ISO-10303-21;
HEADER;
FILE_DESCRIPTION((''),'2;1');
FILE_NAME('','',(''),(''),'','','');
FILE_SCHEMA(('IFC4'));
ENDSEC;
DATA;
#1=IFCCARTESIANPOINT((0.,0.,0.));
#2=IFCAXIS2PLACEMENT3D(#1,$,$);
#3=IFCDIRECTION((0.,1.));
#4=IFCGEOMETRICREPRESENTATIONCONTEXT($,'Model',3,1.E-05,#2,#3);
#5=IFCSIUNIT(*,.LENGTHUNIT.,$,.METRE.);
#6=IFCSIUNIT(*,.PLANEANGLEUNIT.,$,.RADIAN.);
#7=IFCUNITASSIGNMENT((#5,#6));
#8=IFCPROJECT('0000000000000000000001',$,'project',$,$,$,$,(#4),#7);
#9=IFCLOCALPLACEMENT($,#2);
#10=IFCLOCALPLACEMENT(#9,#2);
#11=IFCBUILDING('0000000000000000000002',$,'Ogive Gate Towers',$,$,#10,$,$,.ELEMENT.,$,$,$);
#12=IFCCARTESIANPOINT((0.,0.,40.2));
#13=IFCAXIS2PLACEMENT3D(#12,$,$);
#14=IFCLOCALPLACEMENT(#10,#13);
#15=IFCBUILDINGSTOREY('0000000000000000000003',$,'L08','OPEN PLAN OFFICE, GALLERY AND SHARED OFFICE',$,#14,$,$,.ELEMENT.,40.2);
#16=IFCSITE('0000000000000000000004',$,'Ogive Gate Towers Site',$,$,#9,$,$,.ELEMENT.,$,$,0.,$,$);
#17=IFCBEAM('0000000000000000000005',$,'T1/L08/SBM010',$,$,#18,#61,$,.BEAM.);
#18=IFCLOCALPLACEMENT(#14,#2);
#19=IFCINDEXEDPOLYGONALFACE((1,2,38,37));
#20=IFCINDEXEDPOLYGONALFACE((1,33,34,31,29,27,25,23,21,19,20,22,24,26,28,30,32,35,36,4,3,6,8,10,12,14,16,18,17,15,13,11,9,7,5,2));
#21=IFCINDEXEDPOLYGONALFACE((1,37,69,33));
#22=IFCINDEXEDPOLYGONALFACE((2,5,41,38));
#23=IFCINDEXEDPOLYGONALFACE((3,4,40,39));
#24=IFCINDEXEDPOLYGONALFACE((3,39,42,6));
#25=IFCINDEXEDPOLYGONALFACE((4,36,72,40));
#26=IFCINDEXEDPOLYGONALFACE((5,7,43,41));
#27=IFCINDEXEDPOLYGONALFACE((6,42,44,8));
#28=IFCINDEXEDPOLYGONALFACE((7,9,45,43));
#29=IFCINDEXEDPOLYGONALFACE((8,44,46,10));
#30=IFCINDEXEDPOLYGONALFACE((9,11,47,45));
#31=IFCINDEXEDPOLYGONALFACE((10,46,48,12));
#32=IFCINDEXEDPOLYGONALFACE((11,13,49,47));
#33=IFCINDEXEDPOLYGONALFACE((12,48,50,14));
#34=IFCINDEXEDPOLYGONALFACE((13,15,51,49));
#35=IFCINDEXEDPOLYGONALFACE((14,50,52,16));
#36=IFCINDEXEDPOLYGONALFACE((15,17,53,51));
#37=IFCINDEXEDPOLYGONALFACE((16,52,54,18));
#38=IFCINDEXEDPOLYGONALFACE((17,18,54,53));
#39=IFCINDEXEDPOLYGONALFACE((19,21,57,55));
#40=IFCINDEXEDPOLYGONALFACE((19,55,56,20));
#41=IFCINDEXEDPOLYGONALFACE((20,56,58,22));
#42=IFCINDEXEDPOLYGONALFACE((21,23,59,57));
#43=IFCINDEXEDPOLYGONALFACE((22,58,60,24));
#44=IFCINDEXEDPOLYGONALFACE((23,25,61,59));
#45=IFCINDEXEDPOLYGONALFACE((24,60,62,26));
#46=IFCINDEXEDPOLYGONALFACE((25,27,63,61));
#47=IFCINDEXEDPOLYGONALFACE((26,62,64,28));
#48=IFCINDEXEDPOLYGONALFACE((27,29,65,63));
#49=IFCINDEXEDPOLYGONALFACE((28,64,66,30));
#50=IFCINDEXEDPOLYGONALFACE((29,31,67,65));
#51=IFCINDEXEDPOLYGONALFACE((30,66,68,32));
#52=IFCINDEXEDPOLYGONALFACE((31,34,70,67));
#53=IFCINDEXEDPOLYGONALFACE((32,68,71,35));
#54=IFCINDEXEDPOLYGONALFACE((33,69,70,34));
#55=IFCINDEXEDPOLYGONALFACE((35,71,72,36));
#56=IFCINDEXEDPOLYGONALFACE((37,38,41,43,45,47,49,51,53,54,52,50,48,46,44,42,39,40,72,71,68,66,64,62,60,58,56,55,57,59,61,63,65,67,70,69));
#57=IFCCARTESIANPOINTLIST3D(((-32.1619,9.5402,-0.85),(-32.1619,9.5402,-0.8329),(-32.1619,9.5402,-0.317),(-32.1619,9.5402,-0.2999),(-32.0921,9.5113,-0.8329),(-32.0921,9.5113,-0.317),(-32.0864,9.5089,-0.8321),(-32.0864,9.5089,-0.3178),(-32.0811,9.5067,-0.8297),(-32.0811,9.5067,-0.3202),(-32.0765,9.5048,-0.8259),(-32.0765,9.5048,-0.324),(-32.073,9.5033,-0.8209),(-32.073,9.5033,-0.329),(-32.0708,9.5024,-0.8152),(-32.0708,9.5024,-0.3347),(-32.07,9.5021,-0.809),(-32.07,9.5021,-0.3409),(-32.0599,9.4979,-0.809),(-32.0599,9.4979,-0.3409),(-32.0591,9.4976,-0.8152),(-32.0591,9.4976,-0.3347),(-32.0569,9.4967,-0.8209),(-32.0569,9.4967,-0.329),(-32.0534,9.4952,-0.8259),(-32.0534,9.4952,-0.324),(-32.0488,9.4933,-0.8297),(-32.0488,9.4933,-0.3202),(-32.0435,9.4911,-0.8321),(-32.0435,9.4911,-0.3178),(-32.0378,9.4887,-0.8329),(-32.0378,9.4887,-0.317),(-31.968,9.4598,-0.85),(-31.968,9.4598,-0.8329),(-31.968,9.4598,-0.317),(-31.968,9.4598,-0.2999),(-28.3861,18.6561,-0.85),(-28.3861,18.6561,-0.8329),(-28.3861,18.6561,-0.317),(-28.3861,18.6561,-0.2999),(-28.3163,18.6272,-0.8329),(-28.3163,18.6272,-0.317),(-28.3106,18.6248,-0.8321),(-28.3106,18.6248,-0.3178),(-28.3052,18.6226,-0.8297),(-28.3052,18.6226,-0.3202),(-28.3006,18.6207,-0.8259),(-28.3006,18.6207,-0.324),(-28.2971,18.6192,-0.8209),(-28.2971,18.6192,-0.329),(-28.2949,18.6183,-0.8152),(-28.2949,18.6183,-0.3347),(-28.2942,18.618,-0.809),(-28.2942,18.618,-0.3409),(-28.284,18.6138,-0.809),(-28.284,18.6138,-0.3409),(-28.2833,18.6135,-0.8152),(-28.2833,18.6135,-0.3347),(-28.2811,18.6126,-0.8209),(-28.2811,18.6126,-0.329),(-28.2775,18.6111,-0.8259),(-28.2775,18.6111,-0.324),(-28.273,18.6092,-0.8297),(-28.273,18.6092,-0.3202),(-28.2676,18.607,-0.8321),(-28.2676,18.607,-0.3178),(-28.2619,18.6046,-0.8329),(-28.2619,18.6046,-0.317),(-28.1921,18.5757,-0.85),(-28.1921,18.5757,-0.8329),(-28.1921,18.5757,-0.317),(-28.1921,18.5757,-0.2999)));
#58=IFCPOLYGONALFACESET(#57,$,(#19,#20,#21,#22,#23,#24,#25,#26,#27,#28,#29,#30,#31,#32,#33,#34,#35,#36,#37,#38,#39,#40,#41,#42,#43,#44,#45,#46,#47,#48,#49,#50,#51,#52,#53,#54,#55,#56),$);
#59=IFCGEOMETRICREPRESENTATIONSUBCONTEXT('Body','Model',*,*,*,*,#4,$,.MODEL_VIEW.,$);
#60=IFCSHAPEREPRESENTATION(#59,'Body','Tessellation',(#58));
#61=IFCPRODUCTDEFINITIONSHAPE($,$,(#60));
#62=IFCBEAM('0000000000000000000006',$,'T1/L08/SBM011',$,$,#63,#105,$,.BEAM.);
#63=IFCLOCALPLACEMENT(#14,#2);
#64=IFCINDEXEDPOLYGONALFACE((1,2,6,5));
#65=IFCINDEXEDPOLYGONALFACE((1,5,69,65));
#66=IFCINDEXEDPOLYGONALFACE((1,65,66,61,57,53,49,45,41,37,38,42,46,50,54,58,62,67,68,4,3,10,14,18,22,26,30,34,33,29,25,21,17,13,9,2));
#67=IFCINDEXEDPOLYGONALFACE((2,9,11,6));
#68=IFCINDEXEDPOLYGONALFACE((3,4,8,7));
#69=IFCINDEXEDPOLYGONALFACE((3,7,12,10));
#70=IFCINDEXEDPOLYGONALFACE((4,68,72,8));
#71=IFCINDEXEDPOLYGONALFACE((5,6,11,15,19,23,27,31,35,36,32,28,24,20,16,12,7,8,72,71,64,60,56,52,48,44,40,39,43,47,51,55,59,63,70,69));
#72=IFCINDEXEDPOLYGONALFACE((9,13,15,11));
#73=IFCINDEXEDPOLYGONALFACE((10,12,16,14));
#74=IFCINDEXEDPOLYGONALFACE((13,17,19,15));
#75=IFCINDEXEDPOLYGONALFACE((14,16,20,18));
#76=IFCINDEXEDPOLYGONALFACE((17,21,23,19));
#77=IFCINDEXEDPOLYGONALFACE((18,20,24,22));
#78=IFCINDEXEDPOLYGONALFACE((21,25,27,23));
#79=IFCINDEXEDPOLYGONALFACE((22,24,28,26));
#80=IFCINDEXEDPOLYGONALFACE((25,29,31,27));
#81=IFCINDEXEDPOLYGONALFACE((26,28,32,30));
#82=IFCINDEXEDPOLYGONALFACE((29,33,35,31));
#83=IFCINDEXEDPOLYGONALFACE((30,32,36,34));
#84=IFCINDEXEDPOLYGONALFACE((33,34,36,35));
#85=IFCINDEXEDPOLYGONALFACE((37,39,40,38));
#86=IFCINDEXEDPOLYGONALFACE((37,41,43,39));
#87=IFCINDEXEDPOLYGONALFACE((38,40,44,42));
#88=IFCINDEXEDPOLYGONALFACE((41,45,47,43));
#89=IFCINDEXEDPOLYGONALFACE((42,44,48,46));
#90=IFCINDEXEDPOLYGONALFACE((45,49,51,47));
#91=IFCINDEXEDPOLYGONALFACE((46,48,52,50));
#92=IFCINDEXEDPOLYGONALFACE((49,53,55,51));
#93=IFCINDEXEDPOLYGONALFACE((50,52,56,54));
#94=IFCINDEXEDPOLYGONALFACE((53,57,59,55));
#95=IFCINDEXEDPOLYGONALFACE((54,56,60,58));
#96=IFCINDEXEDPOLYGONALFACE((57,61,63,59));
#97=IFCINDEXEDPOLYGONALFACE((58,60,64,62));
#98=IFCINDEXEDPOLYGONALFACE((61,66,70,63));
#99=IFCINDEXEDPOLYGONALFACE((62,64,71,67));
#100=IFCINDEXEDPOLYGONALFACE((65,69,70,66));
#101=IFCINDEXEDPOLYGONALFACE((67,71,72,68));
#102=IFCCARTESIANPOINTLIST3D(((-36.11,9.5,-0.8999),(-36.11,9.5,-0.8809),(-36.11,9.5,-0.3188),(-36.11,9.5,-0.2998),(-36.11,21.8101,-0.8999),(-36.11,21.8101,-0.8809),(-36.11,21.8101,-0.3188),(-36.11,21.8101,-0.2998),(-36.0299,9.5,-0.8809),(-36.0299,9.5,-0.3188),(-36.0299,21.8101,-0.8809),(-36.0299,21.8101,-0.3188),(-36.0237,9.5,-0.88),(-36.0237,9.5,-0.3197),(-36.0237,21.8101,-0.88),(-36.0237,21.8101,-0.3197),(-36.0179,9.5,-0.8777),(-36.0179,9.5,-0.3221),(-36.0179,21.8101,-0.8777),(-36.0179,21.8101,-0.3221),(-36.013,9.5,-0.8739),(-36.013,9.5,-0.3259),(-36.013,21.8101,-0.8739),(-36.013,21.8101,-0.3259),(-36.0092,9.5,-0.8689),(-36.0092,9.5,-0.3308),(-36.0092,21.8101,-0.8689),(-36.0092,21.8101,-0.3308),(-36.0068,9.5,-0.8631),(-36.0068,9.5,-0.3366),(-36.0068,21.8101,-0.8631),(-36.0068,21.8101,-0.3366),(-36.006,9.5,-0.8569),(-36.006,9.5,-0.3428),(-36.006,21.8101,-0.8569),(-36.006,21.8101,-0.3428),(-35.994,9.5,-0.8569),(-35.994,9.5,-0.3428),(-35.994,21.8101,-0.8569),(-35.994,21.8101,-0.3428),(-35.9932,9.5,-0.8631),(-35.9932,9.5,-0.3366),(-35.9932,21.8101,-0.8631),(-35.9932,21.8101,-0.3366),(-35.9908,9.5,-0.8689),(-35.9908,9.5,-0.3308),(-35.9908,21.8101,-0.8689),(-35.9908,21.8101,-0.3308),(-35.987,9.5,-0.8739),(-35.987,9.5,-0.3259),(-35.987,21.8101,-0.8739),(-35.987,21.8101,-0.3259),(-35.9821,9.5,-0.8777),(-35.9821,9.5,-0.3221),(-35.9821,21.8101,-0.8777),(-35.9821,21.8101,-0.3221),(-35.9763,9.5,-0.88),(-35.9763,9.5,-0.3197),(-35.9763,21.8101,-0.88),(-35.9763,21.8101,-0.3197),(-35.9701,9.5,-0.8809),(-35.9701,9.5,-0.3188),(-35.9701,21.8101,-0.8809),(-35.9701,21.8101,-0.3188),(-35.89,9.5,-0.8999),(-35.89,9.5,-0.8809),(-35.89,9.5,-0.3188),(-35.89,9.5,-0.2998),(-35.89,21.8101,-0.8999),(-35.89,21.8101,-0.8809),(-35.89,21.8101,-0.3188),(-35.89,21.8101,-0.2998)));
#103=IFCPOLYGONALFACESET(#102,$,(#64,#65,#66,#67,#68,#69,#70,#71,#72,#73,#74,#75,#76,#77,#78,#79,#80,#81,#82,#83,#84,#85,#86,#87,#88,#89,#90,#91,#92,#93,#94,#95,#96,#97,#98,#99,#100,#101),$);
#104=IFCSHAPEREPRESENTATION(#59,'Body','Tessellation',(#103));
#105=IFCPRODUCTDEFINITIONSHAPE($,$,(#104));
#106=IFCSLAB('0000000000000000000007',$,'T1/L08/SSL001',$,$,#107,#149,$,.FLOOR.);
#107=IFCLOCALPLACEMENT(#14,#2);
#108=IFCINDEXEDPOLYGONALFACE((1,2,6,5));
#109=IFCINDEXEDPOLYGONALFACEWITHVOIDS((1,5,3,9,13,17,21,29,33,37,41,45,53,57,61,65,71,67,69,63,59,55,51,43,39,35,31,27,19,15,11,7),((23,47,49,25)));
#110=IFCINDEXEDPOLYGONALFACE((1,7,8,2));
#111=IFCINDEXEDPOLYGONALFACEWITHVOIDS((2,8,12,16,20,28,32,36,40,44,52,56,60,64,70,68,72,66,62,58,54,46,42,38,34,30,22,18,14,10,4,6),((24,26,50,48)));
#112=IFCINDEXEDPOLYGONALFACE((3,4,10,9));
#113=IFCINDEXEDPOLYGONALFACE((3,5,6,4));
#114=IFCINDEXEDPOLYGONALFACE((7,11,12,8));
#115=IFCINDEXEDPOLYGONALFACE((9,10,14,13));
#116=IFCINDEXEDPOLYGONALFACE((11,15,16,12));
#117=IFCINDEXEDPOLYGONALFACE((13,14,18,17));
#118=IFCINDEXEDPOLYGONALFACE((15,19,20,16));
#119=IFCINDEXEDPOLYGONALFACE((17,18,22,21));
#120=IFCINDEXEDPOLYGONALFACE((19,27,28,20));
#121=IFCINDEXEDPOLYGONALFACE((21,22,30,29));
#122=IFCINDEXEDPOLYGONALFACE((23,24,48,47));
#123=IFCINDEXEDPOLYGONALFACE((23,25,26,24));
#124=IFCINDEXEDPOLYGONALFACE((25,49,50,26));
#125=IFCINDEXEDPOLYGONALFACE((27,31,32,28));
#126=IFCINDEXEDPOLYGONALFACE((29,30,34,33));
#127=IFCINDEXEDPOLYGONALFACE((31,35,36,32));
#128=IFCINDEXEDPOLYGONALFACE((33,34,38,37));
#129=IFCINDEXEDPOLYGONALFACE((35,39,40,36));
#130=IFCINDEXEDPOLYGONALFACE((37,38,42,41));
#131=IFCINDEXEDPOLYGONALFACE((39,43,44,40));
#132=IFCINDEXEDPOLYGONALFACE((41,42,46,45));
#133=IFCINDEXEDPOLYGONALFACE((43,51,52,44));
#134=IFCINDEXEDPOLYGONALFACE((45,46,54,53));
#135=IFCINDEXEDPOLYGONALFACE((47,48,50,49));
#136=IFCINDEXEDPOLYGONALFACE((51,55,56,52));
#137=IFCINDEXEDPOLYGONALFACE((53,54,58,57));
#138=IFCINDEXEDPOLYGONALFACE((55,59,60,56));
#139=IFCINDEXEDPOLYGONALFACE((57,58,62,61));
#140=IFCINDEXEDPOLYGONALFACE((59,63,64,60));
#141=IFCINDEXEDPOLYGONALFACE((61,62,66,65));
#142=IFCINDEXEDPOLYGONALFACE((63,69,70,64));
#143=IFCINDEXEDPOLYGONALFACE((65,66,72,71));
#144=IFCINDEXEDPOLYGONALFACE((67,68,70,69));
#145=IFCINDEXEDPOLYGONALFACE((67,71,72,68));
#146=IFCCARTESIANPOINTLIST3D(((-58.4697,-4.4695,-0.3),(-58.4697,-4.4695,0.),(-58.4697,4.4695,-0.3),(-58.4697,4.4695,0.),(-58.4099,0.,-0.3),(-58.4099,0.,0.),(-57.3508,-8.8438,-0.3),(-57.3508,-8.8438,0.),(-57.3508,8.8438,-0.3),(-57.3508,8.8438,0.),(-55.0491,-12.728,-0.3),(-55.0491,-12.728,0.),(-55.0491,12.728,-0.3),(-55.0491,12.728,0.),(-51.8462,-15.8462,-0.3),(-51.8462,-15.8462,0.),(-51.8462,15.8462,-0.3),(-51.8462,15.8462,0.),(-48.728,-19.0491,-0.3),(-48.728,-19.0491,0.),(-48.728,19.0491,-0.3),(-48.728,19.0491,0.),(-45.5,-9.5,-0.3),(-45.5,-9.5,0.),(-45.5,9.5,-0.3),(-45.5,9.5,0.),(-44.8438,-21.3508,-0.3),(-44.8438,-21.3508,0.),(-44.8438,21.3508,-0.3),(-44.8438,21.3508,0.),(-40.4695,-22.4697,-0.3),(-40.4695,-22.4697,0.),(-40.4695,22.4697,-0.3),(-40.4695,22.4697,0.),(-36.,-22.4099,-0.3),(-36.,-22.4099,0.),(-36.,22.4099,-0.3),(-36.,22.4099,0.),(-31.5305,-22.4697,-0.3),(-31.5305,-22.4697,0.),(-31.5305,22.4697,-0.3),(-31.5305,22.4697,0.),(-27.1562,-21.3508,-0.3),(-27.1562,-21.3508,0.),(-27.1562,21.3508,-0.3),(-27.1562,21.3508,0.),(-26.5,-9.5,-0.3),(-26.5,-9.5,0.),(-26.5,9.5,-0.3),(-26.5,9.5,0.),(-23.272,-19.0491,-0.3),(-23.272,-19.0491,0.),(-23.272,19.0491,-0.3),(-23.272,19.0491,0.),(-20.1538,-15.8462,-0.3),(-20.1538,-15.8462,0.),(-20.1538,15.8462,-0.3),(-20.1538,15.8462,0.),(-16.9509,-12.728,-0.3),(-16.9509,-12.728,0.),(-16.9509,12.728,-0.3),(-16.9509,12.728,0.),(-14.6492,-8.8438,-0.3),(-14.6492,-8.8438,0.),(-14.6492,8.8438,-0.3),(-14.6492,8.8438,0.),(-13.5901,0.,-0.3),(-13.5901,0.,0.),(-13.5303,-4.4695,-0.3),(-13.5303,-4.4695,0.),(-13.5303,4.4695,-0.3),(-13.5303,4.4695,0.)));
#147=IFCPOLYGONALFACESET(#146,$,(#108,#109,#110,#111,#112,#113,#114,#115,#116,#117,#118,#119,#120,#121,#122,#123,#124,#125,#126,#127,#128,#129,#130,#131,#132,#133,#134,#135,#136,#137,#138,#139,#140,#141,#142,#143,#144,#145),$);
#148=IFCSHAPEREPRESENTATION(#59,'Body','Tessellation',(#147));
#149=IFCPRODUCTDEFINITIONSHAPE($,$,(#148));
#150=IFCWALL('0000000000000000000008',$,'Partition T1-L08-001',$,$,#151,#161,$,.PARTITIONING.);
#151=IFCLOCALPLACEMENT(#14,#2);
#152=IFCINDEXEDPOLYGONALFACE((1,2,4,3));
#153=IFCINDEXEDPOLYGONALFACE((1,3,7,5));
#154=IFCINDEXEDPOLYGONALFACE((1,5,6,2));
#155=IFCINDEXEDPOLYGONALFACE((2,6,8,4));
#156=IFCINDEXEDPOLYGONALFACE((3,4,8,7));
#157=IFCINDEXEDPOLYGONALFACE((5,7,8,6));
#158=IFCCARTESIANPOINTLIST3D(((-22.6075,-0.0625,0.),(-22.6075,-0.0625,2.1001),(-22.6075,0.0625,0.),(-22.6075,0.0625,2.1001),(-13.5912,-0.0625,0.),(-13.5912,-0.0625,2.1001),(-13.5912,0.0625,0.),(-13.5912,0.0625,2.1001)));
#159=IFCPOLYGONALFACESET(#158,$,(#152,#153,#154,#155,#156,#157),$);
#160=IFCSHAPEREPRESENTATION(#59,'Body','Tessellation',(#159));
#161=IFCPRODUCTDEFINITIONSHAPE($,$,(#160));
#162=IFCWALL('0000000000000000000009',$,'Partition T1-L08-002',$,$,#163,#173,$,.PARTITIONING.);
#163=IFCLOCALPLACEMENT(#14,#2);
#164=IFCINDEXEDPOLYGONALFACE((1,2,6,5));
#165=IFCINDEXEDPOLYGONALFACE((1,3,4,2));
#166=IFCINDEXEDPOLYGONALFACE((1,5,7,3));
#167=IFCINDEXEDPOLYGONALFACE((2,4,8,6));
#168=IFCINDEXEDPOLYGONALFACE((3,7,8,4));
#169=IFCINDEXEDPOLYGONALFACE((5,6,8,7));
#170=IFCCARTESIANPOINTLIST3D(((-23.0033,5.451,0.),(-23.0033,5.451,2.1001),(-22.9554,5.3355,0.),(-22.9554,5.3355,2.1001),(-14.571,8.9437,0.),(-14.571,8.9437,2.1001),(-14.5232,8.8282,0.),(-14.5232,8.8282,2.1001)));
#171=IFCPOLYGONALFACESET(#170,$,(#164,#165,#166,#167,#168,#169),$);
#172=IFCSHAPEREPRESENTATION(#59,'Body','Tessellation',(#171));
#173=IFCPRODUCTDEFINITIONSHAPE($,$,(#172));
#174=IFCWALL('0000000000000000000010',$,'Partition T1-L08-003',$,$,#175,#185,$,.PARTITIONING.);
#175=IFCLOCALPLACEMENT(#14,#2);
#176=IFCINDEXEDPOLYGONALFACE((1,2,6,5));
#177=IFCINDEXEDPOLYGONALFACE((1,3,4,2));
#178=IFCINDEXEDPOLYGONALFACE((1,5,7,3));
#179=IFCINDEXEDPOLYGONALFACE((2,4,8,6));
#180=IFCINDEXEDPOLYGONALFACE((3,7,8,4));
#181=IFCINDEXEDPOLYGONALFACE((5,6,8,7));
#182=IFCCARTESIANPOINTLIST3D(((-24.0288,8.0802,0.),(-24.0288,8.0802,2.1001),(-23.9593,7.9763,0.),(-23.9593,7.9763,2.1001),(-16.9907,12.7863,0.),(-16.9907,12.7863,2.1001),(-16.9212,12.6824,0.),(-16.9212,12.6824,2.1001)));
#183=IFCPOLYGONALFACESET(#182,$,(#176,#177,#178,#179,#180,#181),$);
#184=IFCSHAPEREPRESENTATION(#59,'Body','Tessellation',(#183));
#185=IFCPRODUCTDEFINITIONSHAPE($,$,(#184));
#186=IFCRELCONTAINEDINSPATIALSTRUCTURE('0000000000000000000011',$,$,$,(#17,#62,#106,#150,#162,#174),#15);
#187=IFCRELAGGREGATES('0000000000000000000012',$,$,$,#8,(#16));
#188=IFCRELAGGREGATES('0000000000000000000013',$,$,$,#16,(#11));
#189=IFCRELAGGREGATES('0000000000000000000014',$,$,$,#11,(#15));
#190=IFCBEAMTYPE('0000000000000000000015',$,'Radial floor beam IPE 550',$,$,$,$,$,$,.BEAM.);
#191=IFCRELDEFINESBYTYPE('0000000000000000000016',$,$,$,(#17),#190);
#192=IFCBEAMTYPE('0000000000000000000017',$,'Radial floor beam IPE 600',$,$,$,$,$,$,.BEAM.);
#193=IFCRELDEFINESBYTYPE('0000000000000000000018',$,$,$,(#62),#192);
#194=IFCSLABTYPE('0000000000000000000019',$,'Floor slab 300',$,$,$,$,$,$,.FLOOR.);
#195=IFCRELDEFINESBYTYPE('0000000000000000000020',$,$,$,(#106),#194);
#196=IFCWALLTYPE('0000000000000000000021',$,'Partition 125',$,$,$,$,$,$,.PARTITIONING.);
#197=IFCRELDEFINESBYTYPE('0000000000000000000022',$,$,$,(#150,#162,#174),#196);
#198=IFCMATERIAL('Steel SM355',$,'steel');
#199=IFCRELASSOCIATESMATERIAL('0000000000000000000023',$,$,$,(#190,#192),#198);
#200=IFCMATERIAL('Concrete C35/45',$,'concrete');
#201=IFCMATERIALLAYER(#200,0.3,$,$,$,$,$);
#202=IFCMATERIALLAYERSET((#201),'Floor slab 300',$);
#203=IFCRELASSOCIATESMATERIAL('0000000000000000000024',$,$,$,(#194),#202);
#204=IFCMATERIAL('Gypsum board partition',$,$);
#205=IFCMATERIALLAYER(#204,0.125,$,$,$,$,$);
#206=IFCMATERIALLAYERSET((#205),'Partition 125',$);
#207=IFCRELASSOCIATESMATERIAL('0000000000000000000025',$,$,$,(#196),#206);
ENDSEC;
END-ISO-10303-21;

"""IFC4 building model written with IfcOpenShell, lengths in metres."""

from ifc_helpers import new_model, si_unit, direction, frame, frame_2d, origin, origin_2d, place, context, subcontext, project, spatial, polyline, rectangle, i_section, outline, extrude, material, layer, layer_set, material_profile, profile_set, type_object, element, save


model = new_model("IFC4")

# Units and contexts
model_context = context("Model", 3, precision=1e-05, world=origin(), true_north=direction((0.0, 1.0)))
body_context = subcontext(model_context, "Body", "Model", "MODEL_VIEW")
ifc_project = project(units=[si_unit("LENGTHUNIT", "METRE"), si_unit("PLANEANGLEUNIT", "RADIAN")], contexts=[model_context])

# Site, building, storey
site_placement = place(None, origin())
site = spatial("IfcSite", under=ifc_project, at=site_placement, Name="Ogive Gate Towers Site", CompositionType="ELEMENT", RefElevation=0.0)
building_placement = place(site_placement, origin())
building = spatial("IfcBuilding", under=site, at=building_placement, Name="Ogive Gate Towers", CompositionType="ELEMENT")
storey_placement = place(building_placement, frame((0.0, 0.0, 40.2)))
storey = spatial("IfcBuildingStorey", under=building, at=storey_placement, Name="L08", Description="OPEN PLAN OFFICE, GALLERY AND SHARED OFFICE", CompositionType="ELEMENT", Elevation=40.2)

# Beams
ifc_material_1 = material(Name="Steel SM355", Category="steel")
ifc_material_profile_1 = material_profile(ifc_material_1, i_section(OverallWidth=0.21, OverallDepth=0.55, WebThickness=0.011, FlangeThickness=0.0171, FilletRadius=0.0239, at=origin_2d()), Name="IPE 550")
ifc_profile_set_1 = profile_set([ifc_material_profile_1], Name="Steel SM355")
beam_type_1 = type_object("IfcBeamType", Name="Radial floor beam IPE 550", PredefinedType="BEAM", material=ifc_profile_set_1)
beam_1_placement = place(storey_placement, frame((-32.0649, 9.5, -0.575), z_axis=(0.382677, 0.923882, 0.0), x_axis=(-0.923882, 0.382677, 0.0)))
element("IfcBeam", 1, at=beam_1_placement, inside=storey, type_object=beam_type_1, Name="T1/L08/SBM010", PredefinedType="BEAM", context=body_context, shape_type="SweptSolid", body=[
    extrude(i_section(OverallWidth=0.21, OverallDepth=0.55, WebThickness=0.011, FlangeThickness=0.0171, FilletRadius=0.0239, at=origin_2d()), origin(), (0.0, 0.0, 1.0), 9.8669),
])
ifc_material_profile_2 = material_profile(ifc_material_1, i_section(OverallWidth=0.22, OverallDepth=0.6001, WebThickness=0.012, FlangeThickness=0.019, FilletRadius=0.0239, at=origin_2d()), Name="IPE 600")
ifc_profile_set_2 = profile_set([ifc_material_profile_2], Name="Steel SM355")
beam_type_2 = type_object("IfcBeamType", Name="Radial floor beam IPE 600", PredefinedType="BEAM", material=ifc_profile_set_2)
beam_2_placement = place(storey_placement, frame((-36.0, 9.5, -0.5999), z_axis=(0.0, 1.0, 0.0), x_axis=(-1.0, 0.0, 0.0)))
element("IfcBeam", 2, at=beam_2_placement, inside=storey, type_object=beam_type_2, Name="T1/L08/SBM011", PredefinedType="BEAM", context=body_context, shape_type="SweptSolid", body=[
    extrude(i_section(OverallWidth=0.22, OverallDepth=0.6001, WebThickness=0.012, FlangeThickness=0.019, FilletRadius=0.0239, at=origin_2d()), origin(), (0.0, 0.0, 1.0), 12.3101),
])

# Slab
ifc_material_2 = material(Name="Concrete C35/45", Category="concrete")
ifc_layer_1 = layer(ifc_material_2, 0.3)
ifc_layer_set_1 = layer_set([ifc_layer_1], Name="Floor slab 300")
slab_type = type_object("IfcSlabType", Name="Floor slab 300", PredefinedType="FLOOR", material=ifc_layer_set_1)
slab_placement = place(storey_placement, frame((0.0, 0.0, -0.3)))
element("IfcSlab", 3, at=slab_placement, inside=storey, type_object=slab_type, Name="T1/L08/SSL001", PredefinedType="FLOOR", context=body_context, shape_type="SweptSolid", body=[
    extrude(outline(polyline([(-13.5303, -4.4695), (-13.5901, 0.0), (-13.5303, 4.4695), (-14.6492, 8.8438), (-16.9509, 12.728), (-20.1538, 15.8462), (-23.272, 19.0491), (-27.1562, 21.3508), (-31.5305, 22.4697), (-36.0, 22.4099), (-40.4695, 22.4697), (-44.8438, 21.3508), (-48.728, 19.0491), (-51.8462, 15.8462), (-55.0491, 12.728), (-57.3508, 8.8438), (-58.4697, 4.4695), (-58.4099, 0.0), (-58.4697, -4.4695), (-57.3508, -8.8438), (-55.0491, -12.728), (-51.8462, -15.8462), (-48.728, -19.0491), (-44.8438, -21.3508), (-40.4695, -22.4697), (-36.0, -22.4099), (-31.5305, -22.4697), (-27.1562, -21.3508), (-23.272, -19.0491), (-20.1538, -15.8462), (-16.9509, -12.728), (-14.6492, -8.8438), (-13.5303, -4.4695)]), holes=[polyline([(-26.5, -9.5), (-45.5, -9.5), (-45.5, 9.5), (-26.5, 9.5), (-26.5, -9.5)])]), origin(), (0.0, 0.0, 1.0), 0.3),
])

# Walls
ifc_material_3 = material(Name="Gypsum board partition")
ifc_layer_2 = layer(ifc_material_3, 0.125)
ifc_layer_set_2 = layer_set([ifc_layer_2], Name="Partition 125")
wall_type_1 = type_object("IfcWallType", Name="Partition 125", PredefinedType="PARTITIONING", material=ifc_layer_set_2)
wall_1_placement = place(storey_placement, frame((-13.5911, 0.0, 0.0), z_axis=(0.0, 0.0, 1.0), x_axis=(-1.0, 0.0, 0.0)))
element("IfcWall", 4, at=wall_1_placement, inside=storey, type_object=wall_type_1, Name="Partition T1-L08-001", PredefinedType="PARTITIONING", context=body_context, shape_type="SweptSolid", body=[
    extrude(rectangle(XDim=9.0164, YDim=0.125, at=frame_2d((4.5083, 0.0))), origin(), (0.0, 0.0, 1.0), 2.1001),
])
wall_2_placement = place(storey_placement, frame((-14.5471, 8.886, 0.0), z_axis=(0.0, 0.0, 1.0), x_axis=(-0.923881, -0.382681, 0.0)))
element("IfcWall", 5, at=wall_2_placement, inside=storey, type_object=wall_type_1, Name="Partition T1-L08-002", PredefinedType="PARTITIONING", context=body_context, shape_type="SweptSolid", body=[
    extrude(rectangle(XDim=9.127, YDim=0.125, at=frame_2d((4.5635, 0.0))), origin(), (0.0, 0.0, 1.0), 2.1001),
])
wall_3_placement = place(storey_placement, frame((-16.9558, 12.7344, 0.0), z_axis=(0.0, 0.0, 1.0), x_axis=(-0.831286, -0.555844, 0.0)))
element("IfcWall", 6, at=wall_3_placement, inside=storey, type_object=wall_type_1, Name="Partition T1-L08-003", PredefinedType="PARTITIONING", context=body_context, shape_type="SweptSolid", body=[
    extrude(rectangle(XDim=8.4666, YDim=0.125, at=frame_2d((4.2334, 0.0))), origin(), (0.0, 0.0, 1.0), 2.1001),
])

save(model, "model.ifc")
